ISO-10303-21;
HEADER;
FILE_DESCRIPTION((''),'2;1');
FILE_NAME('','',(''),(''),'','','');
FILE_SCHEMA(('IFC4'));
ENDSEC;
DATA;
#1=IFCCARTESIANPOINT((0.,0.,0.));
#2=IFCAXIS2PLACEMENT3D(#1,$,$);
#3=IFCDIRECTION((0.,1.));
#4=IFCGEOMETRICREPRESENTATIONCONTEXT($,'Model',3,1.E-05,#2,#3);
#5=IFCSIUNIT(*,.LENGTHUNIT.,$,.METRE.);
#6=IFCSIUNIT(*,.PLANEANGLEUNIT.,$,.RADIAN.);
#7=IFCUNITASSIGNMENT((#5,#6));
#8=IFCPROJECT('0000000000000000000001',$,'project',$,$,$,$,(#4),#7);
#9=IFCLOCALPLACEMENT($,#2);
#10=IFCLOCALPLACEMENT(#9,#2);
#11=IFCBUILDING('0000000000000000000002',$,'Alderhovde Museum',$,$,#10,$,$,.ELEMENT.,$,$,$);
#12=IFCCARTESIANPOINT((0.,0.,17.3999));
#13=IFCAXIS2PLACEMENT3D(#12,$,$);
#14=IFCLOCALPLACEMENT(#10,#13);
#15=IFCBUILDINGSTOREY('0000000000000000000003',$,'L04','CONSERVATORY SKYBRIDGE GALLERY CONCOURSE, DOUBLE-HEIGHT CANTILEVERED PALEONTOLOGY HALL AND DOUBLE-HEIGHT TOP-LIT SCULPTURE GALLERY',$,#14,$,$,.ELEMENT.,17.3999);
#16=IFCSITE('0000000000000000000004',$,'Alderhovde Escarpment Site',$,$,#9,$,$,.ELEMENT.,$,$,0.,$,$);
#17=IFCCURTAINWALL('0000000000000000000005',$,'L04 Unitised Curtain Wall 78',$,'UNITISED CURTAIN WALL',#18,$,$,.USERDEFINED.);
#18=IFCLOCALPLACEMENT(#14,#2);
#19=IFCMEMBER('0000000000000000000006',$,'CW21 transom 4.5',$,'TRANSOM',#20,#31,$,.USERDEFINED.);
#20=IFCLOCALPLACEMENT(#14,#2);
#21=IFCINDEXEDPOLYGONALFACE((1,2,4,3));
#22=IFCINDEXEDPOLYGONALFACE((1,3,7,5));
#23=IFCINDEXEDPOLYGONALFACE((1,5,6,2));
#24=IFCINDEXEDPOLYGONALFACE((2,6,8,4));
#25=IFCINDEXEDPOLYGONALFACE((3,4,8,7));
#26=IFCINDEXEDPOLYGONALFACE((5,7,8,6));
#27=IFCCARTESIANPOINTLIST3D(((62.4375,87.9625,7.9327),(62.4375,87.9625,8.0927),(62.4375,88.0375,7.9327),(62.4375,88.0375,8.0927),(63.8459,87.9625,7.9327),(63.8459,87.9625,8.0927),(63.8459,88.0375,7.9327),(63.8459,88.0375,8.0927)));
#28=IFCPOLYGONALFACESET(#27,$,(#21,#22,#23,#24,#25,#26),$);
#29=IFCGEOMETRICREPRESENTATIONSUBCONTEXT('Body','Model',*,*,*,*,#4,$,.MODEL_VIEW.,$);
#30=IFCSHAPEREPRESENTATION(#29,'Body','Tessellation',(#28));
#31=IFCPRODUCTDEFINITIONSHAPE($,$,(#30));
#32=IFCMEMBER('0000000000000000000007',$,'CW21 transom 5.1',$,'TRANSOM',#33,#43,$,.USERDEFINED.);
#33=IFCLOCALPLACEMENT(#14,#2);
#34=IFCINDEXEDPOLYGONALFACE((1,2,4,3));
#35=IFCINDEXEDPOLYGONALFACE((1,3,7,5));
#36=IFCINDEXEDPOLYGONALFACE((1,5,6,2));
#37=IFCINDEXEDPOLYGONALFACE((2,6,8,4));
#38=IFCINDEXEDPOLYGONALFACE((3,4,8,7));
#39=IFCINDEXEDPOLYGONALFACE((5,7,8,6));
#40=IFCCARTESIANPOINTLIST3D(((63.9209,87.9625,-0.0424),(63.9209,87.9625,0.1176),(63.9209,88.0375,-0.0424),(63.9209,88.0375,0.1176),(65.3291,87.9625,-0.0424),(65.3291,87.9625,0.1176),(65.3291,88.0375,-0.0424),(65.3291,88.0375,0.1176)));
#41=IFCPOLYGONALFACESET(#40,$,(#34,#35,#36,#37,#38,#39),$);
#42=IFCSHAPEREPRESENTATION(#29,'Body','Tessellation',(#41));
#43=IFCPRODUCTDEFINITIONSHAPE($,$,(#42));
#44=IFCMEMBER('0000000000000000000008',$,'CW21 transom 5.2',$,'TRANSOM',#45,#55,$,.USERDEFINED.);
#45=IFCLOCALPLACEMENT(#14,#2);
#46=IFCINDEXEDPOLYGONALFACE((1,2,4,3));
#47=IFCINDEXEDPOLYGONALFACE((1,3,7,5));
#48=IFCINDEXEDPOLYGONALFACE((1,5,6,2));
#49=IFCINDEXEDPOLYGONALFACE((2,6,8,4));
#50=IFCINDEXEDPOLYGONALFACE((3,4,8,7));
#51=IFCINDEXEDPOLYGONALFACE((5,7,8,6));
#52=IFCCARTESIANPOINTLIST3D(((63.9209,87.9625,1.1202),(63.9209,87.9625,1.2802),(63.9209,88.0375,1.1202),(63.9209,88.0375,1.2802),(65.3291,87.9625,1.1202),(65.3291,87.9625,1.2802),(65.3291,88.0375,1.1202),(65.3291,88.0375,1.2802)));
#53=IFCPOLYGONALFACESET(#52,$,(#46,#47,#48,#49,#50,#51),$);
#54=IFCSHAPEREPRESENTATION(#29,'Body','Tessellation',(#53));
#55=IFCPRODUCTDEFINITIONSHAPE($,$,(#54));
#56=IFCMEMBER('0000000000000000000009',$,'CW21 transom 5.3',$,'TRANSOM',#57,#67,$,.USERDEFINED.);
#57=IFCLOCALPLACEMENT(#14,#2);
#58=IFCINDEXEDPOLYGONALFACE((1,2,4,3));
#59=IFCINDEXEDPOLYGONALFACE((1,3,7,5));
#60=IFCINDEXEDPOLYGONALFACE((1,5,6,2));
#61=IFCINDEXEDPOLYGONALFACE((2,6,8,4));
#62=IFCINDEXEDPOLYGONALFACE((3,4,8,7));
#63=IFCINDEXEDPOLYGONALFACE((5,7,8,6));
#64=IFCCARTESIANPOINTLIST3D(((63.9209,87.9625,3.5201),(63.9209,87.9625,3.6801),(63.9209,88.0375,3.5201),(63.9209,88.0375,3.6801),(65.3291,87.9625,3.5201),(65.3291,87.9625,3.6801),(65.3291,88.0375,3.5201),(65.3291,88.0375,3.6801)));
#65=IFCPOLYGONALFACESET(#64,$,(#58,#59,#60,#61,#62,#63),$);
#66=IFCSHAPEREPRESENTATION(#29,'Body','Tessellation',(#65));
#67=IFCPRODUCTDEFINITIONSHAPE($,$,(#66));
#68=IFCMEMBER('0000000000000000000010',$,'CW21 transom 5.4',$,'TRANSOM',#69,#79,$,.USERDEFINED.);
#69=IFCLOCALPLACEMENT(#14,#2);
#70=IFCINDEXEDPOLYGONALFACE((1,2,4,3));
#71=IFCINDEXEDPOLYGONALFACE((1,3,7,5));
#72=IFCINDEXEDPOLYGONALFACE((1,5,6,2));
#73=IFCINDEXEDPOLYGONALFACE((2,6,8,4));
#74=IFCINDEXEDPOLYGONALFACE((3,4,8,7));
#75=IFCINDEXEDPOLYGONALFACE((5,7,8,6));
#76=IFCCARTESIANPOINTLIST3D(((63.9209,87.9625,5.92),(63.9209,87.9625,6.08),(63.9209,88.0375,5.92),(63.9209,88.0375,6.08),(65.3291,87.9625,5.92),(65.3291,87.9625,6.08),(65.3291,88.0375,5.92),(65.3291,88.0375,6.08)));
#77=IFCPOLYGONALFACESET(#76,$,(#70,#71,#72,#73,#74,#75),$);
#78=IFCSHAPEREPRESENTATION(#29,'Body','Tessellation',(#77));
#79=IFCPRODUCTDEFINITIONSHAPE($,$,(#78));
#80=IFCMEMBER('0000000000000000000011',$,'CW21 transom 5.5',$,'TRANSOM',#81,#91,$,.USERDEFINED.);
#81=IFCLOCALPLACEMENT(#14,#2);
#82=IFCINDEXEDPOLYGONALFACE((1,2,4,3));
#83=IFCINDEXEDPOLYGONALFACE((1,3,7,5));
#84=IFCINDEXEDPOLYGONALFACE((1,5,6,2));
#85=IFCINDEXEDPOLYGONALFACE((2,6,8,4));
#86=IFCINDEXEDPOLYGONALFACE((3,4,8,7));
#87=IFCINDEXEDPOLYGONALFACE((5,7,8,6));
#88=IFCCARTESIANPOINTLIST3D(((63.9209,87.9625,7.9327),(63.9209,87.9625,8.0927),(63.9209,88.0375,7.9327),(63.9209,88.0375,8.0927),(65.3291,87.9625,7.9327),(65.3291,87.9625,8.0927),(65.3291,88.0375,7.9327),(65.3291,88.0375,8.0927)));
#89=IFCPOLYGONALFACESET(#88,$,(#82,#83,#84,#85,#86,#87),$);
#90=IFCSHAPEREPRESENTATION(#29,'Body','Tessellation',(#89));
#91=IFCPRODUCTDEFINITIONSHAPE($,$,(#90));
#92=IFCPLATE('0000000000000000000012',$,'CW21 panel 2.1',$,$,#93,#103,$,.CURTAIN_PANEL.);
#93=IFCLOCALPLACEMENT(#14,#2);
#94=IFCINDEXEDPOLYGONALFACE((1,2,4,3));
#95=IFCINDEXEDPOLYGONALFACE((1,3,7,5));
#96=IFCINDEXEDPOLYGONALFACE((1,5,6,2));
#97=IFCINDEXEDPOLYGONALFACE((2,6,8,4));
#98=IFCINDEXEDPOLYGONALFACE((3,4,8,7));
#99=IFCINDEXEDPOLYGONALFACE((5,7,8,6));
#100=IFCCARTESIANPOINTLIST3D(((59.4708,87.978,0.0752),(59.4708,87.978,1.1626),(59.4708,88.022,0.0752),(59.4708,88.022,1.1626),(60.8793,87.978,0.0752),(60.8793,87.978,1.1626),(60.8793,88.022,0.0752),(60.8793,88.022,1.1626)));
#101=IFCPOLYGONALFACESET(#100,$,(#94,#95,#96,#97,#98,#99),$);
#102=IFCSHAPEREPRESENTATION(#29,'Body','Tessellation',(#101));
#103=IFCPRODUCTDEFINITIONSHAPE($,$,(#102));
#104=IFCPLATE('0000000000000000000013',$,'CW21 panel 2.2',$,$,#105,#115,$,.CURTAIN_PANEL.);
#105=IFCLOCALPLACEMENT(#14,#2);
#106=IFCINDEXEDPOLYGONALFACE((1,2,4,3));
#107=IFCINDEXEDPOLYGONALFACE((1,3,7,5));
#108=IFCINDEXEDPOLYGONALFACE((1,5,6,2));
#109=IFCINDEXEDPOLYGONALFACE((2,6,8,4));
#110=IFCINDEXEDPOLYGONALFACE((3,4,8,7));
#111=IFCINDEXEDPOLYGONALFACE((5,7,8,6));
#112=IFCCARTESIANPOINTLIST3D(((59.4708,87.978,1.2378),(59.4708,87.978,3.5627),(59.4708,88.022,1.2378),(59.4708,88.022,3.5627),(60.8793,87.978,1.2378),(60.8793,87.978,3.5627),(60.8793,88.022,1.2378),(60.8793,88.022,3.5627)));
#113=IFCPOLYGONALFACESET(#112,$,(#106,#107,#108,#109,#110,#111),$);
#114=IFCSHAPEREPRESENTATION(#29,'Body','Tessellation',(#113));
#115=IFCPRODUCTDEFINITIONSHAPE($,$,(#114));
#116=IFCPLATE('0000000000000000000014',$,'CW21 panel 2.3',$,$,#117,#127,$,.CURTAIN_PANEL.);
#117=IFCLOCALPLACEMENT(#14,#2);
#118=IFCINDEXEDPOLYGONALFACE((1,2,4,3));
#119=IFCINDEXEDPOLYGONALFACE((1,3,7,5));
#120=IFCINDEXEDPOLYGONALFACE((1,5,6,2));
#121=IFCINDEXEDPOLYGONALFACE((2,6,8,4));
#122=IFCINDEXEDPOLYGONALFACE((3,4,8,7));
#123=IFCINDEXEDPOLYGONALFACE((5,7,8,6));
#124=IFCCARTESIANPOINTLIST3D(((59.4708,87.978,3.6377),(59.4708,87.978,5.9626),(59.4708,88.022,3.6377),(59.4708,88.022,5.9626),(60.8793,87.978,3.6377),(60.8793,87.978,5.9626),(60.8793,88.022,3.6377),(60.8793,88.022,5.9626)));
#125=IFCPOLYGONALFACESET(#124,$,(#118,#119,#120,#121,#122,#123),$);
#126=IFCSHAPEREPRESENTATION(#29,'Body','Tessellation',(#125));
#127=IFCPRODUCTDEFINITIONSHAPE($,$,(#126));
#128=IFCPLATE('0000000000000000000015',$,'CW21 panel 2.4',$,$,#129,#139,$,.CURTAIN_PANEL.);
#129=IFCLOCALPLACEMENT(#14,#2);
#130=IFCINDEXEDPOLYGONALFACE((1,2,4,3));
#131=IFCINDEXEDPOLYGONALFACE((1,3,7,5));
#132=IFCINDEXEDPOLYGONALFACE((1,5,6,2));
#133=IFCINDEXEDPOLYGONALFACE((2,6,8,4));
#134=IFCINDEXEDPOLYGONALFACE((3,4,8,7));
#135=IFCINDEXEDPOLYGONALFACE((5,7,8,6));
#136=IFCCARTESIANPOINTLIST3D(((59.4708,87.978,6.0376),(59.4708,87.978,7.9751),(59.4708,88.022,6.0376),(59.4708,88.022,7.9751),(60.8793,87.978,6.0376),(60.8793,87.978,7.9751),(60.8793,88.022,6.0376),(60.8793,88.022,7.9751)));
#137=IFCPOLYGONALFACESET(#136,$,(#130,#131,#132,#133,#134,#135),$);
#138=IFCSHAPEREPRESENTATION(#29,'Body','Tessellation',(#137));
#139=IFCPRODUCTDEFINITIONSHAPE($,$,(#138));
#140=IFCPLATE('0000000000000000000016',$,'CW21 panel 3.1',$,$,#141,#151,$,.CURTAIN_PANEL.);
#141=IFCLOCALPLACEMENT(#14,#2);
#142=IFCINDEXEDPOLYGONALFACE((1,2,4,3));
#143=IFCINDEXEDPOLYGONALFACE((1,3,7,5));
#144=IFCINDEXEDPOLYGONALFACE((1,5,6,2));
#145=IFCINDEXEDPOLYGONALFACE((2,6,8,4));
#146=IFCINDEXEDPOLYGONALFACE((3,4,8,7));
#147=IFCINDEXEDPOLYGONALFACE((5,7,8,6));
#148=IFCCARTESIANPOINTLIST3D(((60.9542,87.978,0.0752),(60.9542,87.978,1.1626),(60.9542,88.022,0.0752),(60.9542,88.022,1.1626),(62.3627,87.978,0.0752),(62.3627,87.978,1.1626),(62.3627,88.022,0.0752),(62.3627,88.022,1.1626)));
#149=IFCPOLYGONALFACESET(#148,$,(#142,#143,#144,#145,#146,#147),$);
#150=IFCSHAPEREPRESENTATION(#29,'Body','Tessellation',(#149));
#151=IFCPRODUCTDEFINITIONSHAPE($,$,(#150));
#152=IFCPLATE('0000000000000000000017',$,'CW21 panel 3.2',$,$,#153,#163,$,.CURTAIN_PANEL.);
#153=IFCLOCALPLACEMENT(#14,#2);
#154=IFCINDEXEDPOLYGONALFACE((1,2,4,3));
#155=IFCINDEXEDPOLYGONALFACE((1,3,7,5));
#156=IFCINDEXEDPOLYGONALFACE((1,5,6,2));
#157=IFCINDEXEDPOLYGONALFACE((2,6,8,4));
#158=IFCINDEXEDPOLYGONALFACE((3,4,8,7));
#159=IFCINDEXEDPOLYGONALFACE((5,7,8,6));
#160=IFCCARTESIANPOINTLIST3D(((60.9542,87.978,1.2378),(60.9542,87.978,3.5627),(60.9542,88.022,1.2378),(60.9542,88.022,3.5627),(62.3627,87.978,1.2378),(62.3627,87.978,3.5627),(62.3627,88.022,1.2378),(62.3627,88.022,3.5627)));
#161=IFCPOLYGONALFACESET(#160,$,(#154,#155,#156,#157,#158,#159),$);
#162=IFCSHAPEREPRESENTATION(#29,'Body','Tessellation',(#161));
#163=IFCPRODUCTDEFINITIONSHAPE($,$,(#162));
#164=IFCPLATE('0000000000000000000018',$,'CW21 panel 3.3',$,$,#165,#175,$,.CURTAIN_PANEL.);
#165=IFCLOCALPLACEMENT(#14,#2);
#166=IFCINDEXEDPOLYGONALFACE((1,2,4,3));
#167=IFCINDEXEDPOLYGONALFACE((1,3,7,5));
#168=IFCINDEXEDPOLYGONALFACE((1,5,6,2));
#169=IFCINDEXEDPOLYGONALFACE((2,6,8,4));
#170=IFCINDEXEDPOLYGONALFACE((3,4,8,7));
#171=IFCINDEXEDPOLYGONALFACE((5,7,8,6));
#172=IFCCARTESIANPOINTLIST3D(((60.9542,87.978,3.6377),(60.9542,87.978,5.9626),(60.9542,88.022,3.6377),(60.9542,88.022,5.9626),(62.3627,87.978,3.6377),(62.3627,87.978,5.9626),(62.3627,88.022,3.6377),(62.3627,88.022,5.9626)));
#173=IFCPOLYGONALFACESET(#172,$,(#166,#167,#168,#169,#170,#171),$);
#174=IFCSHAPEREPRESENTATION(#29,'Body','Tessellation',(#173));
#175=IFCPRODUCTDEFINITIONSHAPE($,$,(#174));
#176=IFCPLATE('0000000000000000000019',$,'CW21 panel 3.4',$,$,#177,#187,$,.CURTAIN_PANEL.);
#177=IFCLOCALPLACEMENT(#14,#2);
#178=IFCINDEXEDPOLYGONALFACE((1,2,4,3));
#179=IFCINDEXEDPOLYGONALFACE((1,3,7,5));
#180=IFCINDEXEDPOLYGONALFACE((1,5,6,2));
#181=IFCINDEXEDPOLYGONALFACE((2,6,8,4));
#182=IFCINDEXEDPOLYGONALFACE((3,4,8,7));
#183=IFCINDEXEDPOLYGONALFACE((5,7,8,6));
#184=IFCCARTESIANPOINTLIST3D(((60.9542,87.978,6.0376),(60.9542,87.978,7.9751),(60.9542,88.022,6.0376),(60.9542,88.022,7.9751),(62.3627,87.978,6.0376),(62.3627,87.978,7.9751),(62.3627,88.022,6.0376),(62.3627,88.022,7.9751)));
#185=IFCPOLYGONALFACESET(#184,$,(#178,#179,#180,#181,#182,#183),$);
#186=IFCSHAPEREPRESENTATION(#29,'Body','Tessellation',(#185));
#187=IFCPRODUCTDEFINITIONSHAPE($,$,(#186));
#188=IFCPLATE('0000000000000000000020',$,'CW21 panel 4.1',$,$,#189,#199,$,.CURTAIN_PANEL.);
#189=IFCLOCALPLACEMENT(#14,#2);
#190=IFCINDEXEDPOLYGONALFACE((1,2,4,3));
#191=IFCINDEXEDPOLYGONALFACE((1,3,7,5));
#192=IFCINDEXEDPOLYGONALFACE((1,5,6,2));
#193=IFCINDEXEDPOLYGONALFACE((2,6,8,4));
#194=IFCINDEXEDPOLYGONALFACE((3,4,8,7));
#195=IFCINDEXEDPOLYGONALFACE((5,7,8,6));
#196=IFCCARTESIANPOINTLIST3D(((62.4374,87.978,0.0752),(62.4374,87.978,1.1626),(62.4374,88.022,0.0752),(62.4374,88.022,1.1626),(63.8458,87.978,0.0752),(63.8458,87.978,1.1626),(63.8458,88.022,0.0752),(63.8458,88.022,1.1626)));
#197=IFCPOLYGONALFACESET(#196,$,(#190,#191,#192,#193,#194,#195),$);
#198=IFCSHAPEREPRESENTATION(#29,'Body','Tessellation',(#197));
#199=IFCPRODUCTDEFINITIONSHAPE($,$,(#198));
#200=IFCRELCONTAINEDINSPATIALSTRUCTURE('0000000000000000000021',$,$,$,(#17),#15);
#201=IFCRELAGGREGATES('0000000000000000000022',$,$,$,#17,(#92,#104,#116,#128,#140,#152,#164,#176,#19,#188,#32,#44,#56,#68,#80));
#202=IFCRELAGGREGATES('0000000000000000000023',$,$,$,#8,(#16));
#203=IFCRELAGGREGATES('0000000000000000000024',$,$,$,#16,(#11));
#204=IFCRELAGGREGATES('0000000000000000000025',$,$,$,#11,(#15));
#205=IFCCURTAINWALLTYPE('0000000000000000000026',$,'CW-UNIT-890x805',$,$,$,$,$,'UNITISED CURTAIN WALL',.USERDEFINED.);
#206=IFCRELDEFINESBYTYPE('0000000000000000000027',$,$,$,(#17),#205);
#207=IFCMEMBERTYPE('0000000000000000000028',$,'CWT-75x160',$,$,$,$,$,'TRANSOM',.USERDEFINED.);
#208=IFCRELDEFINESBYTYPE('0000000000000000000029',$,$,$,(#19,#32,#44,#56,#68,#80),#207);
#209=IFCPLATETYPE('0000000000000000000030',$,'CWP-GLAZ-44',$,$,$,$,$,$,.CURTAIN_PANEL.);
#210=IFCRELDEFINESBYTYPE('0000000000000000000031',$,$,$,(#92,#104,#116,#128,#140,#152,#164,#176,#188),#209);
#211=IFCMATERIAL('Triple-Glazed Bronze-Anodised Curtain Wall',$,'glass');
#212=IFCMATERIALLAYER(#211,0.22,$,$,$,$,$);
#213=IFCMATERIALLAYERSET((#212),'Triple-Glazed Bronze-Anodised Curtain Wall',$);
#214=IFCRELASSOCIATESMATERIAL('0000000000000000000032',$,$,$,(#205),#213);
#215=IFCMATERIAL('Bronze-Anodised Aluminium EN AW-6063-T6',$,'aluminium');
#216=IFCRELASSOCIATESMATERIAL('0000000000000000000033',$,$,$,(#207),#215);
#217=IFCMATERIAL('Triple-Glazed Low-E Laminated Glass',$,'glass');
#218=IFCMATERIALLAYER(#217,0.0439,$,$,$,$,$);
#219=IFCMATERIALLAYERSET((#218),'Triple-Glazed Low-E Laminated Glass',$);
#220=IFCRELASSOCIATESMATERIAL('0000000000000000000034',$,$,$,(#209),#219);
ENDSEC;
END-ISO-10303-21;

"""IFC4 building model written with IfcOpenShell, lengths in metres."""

from ifc_helpers import new_model, si_unit, direction, frame, origin, origin_2d, place, context, subcontext, project, spatial, rectangle, extrude, material, layer, layer_set, material_profile, profile_set, type_object, element, aggregate, save


model = new_model("IFC4")

# Units and contexts
model_context = context("Model", 3, precision=1e-05, world=origin(), true_north=direction((0.0, 1.0)))
body_context = subcontext(model_context, "Body", "Model", "MODEL_VIEW")
ifc_project = project(units=[si_unit("LENGTHUNIT", "METRE"), si_unit("PLANEANGLEUNIT", "RADIAN")], contexts=[model_context])

# Site, building, storey
site_placement = place(None, origin())
site = spatial("IfcSite", under=ifc_project, at=site_placement, Name="Alderhovde Escarpment Site", CompositionType="ELEMENT", RefElevation=0.0)
building_placement = place(site_placement, origin())
building = spatial("IfcBuilding", under=site, at=building_placement, Name="Alderhovde Museum", CompositionType="ELEMENT")
storey_placement = place(building_placement, frame((0.0, 0.0, 17.3999)))
storey = spatial("IfcBuildingStorey", under=building, at=storey_placement, Name="L04", Description="CONSERVATORY SKYBRIDGE GALLERY CONCOURSE, DOUBLE-HEIGHT CANTILEVERED PALEONTOLOGY HALL AND DOUBLE-HEIGHT TOP-LIT SCULPTURE GALLERY", CompositionType="ELEMENT", Elevation=17.3999)

# Curtain wall, members, plates
ifc_material_1 = material(Name="Triple-Glazed Bronze-Anodised Curtain Wall", Category="glass")
ifc_layer_1 = layer(ifc_material_1, 0.22)
ifc_layer_set_1 = layer_set([ifc_layer_1], Name="Triple-Glazed Bronze-Anodised Curtain Wall")
curtain_wall_type = type_object("IfcCurtainWallType", Name="CW-UNIT-890x805", ElementType="UNITISED CURTAIN WALL", PredefinedType="USERDEFINED", material=ifc_layer_set_1)
curtain_wall_placement = place(storey_placement, origin())
curtain_wall = element("IfcCurtainWall", 1, at=curtain_wall_placement, inside=storey, type_object=curtain_wall_type, Name="L04 Unitised Curtain Wall 78", ObjectType="UNITISED CURTAIN WALL", PredefinedType="USERDEFINED")
ifc_material_2 = material(Name="Bronze-Anodised Aluminium EN AW-6063-T6", Category="aluminium")
ifc_material_profile_1 = material_profile(ifc_material_2, rectangle(XDim=0.075, YDim=0.1599, at=origin_2d()), Name="TRANSOM 75x160")
ifc_profile_set_1 = profile_set([ifc_material_profile_1], Name="Bronze-Anodised Aluminium EN AW-6063-T6")
member_type_1 = type_object("IfcMemberType", Name="CWT-75x160", ElementType="TRANSOM", PredefinedType="USERDEFINED", material=ifc_profile_set_1)
member_1_placement = place(storey_placement, frame((62.4375, 88.0, 8.0127), z_axis=(1.0, 0.0, 0.0), x_axis=(0.0, 1.0, 0.0)))
member_1 = element("IfcMember", 2, at=member_1_placement, type_object=member_type_1, Name="CW21 transom 4.5", ObjectType="TRANSOM", PredefinedType="USERDEFINED", context=body_context, shape_type="SweptSolid", body=[
    extrude(rectangle(XDim=0.075, YDim=0.1599, at=origin_2d()), origin(), (0.0, 0.0, 1.0), 1.4084),
])
member_2_placement = place(storey_placement, frame((63.9209, 88.0, 0.0376), z_axis=(1.0, 0.0, 0.0), x_axis=(0.0, 1.0, 0.0)))
member_2 = element("IfcMember", 3, at=member_2_placement, type_object=member_type_1, Name="CW21 transom 5.1", ObjectType="TRANSOM", PredefinedType="USERDEFINED", context=body_context, shape_type="SweptSolid", body=[
    extrude(rectangle(XDim=0.075, YDim=0.1599, at=origin_2d()), origin(), (0.0, 0.0, 1.0), 1.4082),
])
member_3_placement = place(storey_placement, frame((63.9209, 88.0, 1.2002), z_axis=(1.0, 0.0, 0.0), x_axis=(0.0, 1.0, 0.0)))
member_3 = element("IfcMember", 4, at=member_3_placement, type_object=member_type_1, Name="CW21 transom 5.2", ObjectType="TRANSOM", PredefinedType="USERDEFINED", context=body_context, shape_type="SweptSolid", body=[
    extrude(rectangle(XDim=0.075, YDim=0.1599, at=origin_2d()), origin(), (0.0, 0.0, 1.0), 1.4082),
])
member_4_placement = place(storey_placement, frame((63.9209, 88.0, 3.6001), z_axis=(1.0, 0.0, 0.0), x_axis=(0.0, 1.0, 0.0)))
member_4 = element("IfcMember", 5, at=member_4_placement, type_object=member_type_1, Name="CW21 transom 5.3", ObjectType="TRANSOM", PredefinedType="USERDEFINED", context=body_context, shape_type="SweptSolid", body=[
    extrude(rectangle(XDim=0.075, YDim=0.1599, at=origin_2d()), origin(), (0.0, 0.0, 1.0), 1.4082),
])
member_5_placement = place(storey_placement, frame((63.9209, 88.0, 6.0), z_axis=(1.0, 0.0, 0.0), x_axis=(0.0, 1.0, 0.0)))
member_5 = element("IfcMember", 6, at=member_5_placement, type_object=member_type_1, Name="CW21 transom 5.4", ObjectType="TRANSOM", PredefinedType="USERDEFINED", context=body_context, shape_type="SweptSolid", body=[
    extrude(rectangle(XDim=0.075, YDim=0.1599, at=origin_2d()), origin(), (0.0, 0.0, 1.0), 1.4082),
])
member_6_placement = place(storey_placement, frame((63.9209, 88.0, 8.0127), z_axis=(1.0, 0.0, 0.0), x_axis=(0.0, 1.0, 0.0)))
member_6 = element("IfcMember", 7, at=member_6_placement, type_object=member_type_1, Name="CW21 transom 5.5", ObjectType="TRANSOM", PredefinedType="USERDEFINED", context=body_context, shape_type="SweptSolid", body=[
    extrude(rectangle(XDim=0.075, YDim=0.1599, at=origin_2d()), origin(), (0.0, 0.0, 1.0), 1.4082),
])
ifc_material_3 = material(Name="Triple-Glazed Low-E Laminated Glass", Category="glass")
ifc_layer_2 = layer(ifc_material_3, 0.0439)
ifc_layer_set_2 = layer_set([ifc_layer_2], Name="Triple-Glazed Low-E Laminated Glass")
plate_type = type_object("IfcPlateType", Name="CWP-GLAZ-44", PredefinedType="CURTAIN_PANEL", material=ifc_layer_set_2)
plate_1_placement = place(storey_placement, frame((60.175, 88.0, 0.0752), z_axis=(0.0, 0.0, 1.0), x_axis=(1.0, 0.0, 0.0)))
plate_1 = element("IfcPlate", 8, at=plate_1_placement, type_object=plate_type, Name="CW21 panel 2.1", PredefinedType="CURTAIN_PANEL", context=body_context, shape_type="SweptSolid", body=[
    extrude(rectangle(XDim=1.4084, YDim=0.0439, at=origin_2d()), origin(), (0.0, 0.0, 1.0), 1.0874),
])
plate_2_placement = place(storey_placement, frame((60.175, 88.0, 1.2378), z_axis=(0.0, 0.0, 1.0), x_axis=(1.0, 0.0, 0.0)))
plate_2 = element("IfcPlate", 9, at=plate_2_placement, type_object=plate_type, Name="CW21 panel 2.2", PredefinedType="CURTAIN_PANEL", context=body_context, shape_type="SweptSolid", body=[
    extrude(rectangle(XDim=1.4084, YDim=0.0439, at=origin_2d()), origin(), (0.0, 0.0, 1.0), 2.325),
])
plate_3_placement = place(storey_placement, frame((60.175, 88.0, 3.6377), z_axis=(0.0, 0.0, 1.0), x_axis=(1.0, 0.0, 0.0)))
plate_3 = element("IfcPlate", 10, at=plate_3_placement, type_object=plate_type, Name="CW21 panel 2.3", PredefinedType="CURTAIN_PANEL", context=body_context, shape_type="SweptSolid", body=[
    extrude(rectangle(XDim=1.4084, YDim=0.0439, at=origin_2d()), origin(), (0.0, 0.0, 1.0), 2.325),
])
plate_4_placement = place(storey_placement, frame((60.175, 88.0, 6.0376), z_axis=(0.0, 0.0, 1.0), x_axis=(1.0, 0.0, 0.0)))
plate_4 = element("IfcPlate", 11, at=plate_4_placement, type_object=plate_type, Name="CW21 panel 2.4", PredefinedType="CURTAIN_PANEL", context=body_context, shape_type="SweptSolid", body=[
    extrude(rectangle(XDim=1.4084, YDim=0.0439, at=origin_2d()), origin(), (0.0, 0.0, 1.0), 1.9375),
])
plate_5_placement = place(storey_placement, frame((61.6584, 88.0, 0.0752), z_axis=(0.0, 0.0, 1.0), x_axis=(1.0, 0.0, 0.0)))
plate_5 = element("IfcPlate", 12, at=plate_5_placement, type_object=plate_type, Name="CW21 panel 3.1", PredefinedType="CURTAIN_PANEL", context=body_context, shape_type="SweptSolid", body=[
    extrude(rectangle(XDim=1.4084, YDim=0.0439, at=origin_2d()), origin(), (0.0, 0.0, 1.0), 1.0874),
])
plate_6_placement = place(storey_placement, frame((61.6584, 88.0, 1.2378), z_axis=(0.0, 0.0, 1.0), x_axis=(1.0, 0.0, 0.0)))
plate_6 = element("IfcPlate", 13, at=plate_6_placement, type_object=plate_type, Name="CW21 panel 3.2", PredefinedType="CURTAIN_PANEL", context=body_context, shape_type="SweptSolid", body=[
    extrude(rectangle(XDim=1.4084, YDim=0.0439, at=origin_2d()), origin(), (0.0, 0.0, 1.0), 2.325),
])
plate_7_placement = place(storey_placement, frame((61.6584, 88.0, 3.6377), z_axis=(0.0, 0.0, 1.0), x_axis=(1.0, 0.0, 0.0)))
plate_7 = element("IfcPlate", 14, at=plate_7_placement, type_object=plate_type, Name="CW21 panel 3.3", PredefinedType="CURTAIN_PANEL", context=body_context, shape_type="SweptSolid", body=[
    extrude(rectangle(XDim=1.4084, YDim=0.0439, at=origin_2d()), origin(), (0.0, 0.0, 1.0), 2.325),
])
plate_8_placement = place(storey_placement, frame((61.6584, 88.0, 6.0376), z_axis=(0.0, 0.0, 1.0), x_axis=(1.0, 0.0, 0.0)))
plate_8 = element("IfcPlate", 15, at=plate_8_placement, type_object=plate_type, Name="CW21 panel 3.4", PredefinedType="CURTAIN_PANEL", context=body_context, shape_type="SweptSolid", body=[
    extrude(rectangle(XDim=1.4084, YDim=0.0439, at=origin_2d()), origin(), (0.0, 0.0, 1.0), 1.9375),
])
plate_9_placement = place(storey_placement, frame((63.1416, 88.0, 0.0752), z_axis=(0.0, 0.0, 1.0), x_axis=(1.0, 0.0, 0.0)))
plate_9 = element("IfcPlate", 16, at=plate_9_placement, type_object=plate_type, Name="CW21 panel 4.1", PredefinedType="CURTAIN_PANEL", context=body_context, shape_type="SweptSolid", body=[
    extrude(rectangle(XDim=1.4084, YDim=0.0439, at=origin_2d()), origin(), (0.0, 0.0, 1.0), 1.0874),
])
aggregate(curtain_wall, [plate_1, plate_2, plate_3, plate_4, plate_5, plate_6, plate_7, plate_8, member_1, plate_9, member_2, member_3, member_4, member_5, member_6])

save(model, "model.ifc")
